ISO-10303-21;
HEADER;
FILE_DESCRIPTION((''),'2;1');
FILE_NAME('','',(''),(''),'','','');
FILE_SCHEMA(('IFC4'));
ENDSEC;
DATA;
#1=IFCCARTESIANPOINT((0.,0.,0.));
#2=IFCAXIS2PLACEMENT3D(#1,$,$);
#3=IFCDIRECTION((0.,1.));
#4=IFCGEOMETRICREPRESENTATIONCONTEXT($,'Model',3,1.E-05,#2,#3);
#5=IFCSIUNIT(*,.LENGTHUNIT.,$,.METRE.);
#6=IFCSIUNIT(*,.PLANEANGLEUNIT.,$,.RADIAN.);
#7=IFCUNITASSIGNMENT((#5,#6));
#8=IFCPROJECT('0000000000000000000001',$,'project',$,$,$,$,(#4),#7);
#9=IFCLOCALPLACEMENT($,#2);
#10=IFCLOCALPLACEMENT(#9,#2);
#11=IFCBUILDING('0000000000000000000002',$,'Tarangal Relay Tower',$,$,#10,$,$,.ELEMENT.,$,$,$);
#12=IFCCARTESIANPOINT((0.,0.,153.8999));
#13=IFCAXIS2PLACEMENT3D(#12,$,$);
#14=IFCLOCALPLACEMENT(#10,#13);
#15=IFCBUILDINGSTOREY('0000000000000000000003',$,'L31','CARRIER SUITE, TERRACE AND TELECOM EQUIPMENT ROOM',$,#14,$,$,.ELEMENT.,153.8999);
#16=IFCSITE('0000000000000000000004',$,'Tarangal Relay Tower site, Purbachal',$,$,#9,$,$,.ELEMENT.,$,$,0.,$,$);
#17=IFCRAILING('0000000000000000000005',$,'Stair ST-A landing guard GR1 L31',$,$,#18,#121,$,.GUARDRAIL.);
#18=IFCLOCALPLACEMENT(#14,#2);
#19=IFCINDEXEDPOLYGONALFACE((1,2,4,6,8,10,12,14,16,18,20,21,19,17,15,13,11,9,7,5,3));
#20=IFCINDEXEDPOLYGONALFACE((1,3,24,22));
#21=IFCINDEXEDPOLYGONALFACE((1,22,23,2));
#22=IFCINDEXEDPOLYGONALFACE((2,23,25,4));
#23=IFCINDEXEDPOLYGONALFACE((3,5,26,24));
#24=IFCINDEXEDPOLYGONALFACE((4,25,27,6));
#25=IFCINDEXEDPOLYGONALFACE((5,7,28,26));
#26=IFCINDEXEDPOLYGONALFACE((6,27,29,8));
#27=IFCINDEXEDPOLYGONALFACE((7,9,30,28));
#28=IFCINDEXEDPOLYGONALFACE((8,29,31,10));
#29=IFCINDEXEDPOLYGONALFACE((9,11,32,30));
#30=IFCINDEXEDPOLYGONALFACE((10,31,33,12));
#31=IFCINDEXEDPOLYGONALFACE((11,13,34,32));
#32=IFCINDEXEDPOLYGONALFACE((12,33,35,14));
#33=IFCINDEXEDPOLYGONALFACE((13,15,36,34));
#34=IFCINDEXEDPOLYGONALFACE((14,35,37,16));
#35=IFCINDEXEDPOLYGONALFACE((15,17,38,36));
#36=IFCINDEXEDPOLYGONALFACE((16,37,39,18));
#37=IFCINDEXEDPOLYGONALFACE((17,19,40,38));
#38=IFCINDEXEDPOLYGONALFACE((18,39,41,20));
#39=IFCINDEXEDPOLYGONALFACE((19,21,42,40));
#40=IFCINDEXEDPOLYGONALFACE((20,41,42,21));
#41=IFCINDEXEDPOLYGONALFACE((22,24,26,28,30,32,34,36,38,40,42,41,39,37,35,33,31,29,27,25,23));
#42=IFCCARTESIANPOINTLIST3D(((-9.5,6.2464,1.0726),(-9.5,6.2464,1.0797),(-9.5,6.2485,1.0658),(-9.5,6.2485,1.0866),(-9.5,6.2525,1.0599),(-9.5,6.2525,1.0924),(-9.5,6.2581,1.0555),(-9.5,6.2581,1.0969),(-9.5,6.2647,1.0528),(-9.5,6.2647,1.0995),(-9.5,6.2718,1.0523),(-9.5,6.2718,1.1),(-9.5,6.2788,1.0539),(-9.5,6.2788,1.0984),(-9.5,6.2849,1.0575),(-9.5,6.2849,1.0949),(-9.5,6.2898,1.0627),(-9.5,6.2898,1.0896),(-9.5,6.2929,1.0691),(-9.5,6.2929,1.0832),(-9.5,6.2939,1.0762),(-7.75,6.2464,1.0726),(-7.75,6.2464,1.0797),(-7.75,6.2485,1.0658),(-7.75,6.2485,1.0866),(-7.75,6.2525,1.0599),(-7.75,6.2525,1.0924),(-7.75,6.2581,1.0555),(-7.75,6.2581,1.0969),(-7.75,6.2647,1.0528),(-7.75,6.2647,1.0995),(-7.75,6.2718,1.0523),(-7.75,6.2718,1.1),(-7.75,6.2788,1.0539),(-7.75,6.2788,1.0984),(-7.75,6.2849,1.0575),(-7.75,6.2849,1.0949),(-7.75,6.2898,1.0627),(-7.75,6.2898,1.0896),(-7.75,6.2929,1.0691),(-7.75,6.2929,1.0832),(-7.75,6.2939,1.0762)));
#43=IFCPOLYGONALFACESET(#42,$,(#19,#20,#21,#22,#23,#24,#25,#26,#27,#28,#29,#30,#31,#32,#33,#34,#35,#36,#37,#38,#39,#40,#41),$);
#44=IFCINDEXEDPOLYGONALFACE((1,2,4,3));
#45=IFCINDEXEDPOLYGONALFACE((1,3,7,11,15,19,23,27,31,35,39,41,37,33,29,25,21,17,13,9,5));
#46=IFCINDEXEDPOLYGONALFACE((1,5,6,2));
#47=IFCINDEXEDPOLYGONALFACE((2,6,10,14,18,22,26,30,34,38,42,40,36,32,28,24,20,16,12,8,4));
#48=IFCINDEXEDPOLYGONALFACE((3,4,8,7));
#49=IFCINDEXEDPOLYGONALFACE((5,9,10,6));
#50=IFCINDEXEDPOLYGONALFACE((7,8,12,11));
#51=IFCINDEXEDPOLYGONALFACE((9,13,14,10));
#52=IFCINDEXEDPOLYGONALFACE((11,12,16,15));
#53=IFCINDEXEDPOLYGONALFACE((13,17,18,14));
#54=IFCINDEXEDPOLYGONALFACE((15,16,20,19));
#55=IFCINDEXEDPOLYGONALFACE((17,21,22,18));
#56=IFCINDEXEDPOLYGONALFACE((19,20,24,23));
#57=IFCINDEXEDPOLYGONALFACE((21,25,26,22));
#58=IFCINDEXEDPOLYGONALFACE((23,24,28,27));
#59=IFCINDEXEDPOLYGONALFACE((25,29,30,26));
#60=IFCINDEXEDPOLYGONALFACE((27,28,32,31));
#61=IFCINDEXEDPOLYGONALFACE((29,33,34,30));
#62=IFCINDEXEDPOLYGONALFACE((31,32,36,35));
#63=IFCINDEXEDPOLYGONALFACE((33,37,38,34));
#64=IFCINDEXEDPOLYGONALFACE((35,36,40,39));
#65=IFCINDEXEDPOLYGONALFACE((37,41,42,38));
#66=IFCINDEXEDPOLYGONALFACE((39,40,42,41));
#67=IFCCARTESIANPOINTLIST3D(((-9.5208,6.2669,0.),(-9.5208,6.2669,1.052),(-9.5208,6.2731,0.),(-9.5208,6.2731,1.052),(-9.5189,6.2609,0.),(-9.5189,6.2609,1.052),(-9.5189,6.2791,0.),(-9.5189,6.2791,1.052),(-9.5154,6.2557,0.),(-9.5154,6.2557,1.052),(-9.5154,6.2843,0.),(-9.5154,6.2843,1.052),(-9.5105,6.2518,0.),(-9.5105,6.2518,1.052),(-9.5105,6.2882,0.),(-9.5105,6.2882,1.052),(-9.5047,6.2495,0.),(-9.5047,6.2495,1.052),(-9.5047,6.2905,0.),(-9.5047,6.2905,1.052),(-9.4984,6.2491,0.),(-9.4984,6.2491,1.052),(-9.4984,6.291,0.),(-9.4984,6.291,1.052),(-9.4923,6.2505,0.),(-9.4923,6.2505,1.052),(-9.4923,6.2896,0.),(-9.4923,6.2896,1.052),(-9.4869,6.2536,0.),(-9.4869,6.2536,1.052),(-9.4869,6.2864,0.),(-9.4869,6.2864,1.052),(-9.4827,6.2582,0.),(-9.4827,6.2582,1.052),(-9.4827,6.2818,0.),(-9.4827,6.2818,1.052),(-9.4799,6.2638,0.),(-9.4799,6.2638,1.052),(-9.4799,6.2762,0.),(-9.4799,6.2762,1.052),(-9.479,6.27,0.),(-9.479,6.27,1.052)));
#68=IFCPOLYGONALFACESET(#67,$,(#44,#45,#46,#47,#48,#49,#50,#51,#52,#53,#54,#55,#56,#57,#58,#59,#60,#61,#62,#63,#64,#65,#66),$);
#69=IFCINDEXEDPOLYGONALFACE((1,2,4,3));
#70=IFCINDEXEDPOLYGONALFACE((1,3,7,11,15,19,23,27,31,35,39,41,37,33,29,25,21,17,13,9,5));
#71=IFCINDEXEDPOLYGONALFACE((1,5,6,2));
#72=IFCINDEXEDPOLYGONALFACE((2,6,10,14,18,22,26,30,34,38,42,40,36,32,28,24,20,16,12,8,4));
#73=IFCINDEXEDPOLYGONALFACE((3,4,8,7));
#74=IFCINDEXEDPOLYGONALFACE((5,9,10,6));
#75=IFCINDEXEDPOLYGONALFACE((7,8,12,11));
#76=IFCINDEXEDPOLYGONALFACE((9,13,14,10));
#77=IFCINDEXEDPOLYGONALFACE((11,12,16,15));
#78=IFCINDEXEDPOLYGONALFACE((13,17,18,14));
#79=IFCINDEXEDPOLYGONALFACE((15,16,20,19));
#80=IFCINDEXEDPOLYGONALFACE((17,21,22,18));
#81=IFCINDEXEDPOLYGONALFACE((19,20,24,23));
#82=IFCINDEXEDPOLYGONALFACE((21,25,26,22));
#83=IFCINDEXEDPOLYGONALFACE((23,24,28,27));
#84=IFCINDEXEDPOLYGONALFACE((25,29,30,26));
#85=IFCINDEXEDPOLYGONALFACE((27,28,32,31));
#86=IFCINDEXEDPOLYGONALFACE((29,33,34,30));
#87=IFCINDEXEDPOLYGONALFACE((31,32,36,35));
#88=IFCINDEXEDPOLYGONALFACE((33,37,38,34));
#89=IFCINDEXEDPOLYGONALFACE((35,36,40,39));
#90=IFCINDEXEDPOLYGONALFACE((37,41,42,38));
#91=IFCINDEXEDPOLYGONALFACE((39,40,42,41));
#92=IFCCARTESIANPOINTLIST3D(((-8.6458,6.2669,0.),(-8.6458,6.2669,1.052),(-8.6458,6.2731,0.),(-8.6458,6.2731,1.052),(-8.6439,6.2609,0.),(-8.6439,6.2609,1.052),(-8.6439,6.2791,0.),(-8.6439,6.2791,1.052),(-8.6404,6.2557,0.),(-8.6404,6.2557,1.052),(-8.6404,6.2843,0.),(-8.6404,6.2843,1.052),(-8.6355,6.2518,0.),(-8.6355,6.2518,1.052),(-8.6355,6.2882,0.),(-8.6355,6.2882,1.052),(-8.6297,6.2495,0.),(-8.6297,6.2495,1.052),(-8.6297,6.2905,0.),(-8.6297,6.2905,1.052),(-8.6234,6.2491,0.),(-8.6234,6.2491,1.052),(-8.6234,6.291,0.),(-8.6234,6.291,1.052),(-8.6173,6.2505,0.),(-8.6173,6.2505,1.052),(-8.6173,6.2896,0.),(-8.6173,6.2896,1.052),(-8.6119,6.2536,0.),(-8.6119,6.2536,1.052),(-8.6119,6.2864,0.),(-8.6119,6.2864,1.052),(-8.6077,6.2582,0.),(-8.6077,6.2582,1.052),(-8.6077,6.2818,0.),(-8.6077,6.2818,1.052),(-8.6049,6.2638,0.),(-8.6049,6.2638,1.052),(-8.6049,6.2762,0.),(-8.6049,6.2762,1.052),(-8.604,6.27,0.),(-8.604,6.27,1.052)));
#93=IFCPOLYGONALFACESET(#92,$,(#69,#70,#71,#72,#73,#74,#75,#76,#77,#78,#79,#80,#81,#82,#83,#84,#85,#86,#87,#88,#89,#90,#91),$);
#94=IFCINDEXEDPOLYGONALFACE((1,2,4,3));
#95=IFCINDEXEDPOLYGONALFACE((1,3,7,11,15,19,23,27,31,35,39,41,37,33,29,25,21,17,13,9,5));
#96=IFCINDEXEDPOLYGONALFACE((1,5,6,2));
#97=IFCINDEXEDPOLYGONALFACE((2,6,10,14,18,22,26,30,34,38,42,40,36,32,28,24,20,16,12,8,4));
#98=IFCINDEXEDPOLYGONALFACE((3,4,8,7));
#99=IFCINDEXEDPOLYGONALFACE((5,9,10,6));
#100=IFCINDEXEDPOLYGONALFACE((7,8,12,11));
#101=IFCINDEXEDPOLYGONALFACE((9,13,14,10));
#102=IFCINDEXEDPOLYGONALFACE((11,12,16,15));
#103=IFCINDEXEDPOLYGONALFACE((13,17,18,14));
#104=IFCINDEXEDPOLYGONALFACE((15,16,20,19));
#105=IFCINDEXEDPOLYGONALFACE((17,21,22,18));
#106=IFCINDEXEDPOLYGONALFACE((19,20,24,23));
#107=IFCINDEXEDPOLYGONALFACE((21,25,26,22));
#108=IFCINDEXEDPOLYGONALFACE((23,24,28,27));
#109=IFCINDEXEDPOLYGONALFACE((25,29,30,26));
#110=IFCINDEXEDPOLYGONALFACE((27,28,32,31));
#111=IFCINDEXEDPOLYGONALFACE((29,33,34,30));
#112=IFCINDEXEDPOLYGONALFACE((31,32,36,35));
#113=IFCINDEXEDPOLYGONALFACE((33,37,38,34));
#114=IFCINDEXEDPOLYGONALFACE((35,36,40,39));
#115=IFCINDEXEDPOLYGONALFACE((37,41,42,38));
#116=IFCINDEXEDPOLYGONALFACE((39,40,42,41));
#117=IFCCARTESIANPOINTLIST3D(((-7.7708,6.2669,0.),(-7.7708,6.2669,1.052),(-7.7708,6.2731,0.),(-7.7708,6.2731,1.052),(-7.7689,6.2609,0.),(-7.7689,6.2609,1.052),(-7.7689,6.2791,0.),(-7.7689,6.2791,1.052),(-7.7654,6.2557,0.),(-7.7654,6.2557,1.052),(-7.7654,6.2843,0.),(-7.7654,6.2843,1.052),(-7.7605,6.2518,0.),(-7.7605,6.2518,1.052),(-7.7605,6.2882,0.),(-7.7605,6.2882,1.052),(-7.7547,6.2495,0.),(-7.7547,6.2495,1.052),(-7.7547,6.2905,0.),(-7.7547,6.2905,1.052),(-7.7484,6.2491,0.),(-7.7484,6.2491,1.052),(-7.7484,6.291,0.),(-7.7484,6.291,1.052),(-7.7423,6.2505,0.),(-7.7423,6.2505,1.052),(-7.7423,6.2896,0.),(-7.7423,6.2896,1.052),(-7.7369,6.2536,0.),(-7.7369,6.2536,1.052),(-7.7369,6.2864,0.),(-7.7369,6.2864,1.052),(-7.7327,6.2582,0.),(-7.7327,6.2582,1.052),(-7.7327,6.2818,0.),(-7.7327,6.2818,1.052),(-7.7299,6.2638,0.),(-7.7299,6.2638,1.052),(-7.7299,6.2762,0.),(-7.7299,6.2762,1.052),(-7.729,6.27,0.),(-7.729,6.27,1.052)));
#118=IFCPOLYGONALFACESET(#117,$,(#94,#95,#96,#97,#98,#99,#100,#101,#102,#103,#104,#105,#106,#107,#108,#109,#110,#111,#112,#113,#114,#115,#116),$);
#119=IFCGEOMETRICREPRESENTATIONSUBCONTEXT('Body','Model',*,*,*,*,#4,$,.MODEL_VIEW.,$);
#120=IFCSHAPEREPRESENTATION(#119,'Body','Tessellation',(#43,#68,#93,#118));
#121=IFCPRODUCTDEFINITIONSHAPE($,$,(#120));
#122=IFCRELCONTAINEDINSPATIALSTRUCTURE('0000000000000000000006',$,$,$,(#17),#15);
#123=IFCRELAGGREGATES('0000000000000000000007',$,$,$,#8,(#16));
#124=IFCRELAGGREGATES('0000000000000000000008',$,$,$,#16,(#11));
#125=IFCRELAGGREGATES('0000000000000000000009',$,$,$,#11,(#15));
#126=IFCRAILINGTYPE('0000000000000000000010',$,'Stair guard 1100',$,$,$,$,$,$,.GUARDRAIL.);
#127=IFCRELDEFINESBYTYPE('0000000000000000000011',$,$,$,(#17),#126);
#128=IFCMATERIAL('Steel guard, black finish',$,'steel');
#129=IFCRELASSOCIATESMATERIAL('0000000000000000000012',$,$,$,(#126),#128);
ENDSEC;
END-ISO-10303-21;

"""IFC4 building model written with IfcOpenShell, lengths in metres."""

from ifc_helpers import new_model, si_unit, direction, frame, origin, origin_2d, place, context, subcontext, project, spatial, circle, extrude, material, type_object, element, save


model = new_model("IFC4")

# Units and contexts
model_context = context("Model", 3, precision=1e-05, world=origin(), true_north=direction((0.0, 1.0)))
body_context = subcontext(model_context, "Body", "Model", "MODEL_VIEW")
ifc_project = project(units=[si_unit("LENGTHUNIT", "METRE"), si_unit("PLANEANGLEUNIT", "RADIAN")], contexts=[model_context])

# Site, building, storey
site_placement = place(None, origin())
site = spatial("IfcSite", under=ifc_project, at=site_placement, Name="Tarangal Relay Tower site, Purbachal", CompositionType="ELEMENT", RefElevation=0.0)
building_placement = place(site_placement, origin())
building = spatial("IfcBuilding", under=site, at=building_placement, Name="Tarangal Relay Tower", CompositionType="ELEMENT")
storey_placement = place(building_placement, frame((0.0, 0.0, 153.8999)))
storey = spatial("IfcBuildingStorey", under=building, at=storey_placement, Name="L31", Description="CARRIER SUITE, TERRACE AND TELECOM EQUIPMENT ROOM", CompositionType="ELEMENT", Elevation=153.8999)

# Railing
ifc_material_1 = material(Name="Steel guard, black finish", Category="steel")
railing_type = type_object("IfcRailingType", Name="Stair guard 1100", PredefinedType="GUARDRAIL", material=ifc_material_1)
railing_1_placement = place(storey_placement, frame((-9.5, 6.27, 0.0)))
element("IfcRailing", 1, at=railing_1_placement, inside=storey, type_object=railing_type, Name="Stair ST-A landing guard GR1 L31", PredefinedType="GUARDRAIL", context=body_context, shape_type="SweptSolid", body=[
    extrude(circle(Radius=0.0239, at=origin_2d()), frame((0.0, 0.0, 1.0762), z_axis=(1.0, 0.0, 0.0), x_axis=(0.0, 1.0, 0.0)), (0.0, 0.0, 1.0), 1.75),
    extrude(circle(Radius=0.021, at=origin_2d()), origin(), (0.0, 0.0, 1.0), 1.052),
    extrude(circle(Radius=0.021, at=origin_2d()), frame((0.875, 0.0, 0.0)), (0.0, 0.0, 1.0), 1.052),
    extrude(circle(Radius=0.021, at=origin_2d()), frame((1.75, 0.0, 0.0)), (0.0, 0.0, 1.0), 1.052),
])

save(model, "model.ifc")
